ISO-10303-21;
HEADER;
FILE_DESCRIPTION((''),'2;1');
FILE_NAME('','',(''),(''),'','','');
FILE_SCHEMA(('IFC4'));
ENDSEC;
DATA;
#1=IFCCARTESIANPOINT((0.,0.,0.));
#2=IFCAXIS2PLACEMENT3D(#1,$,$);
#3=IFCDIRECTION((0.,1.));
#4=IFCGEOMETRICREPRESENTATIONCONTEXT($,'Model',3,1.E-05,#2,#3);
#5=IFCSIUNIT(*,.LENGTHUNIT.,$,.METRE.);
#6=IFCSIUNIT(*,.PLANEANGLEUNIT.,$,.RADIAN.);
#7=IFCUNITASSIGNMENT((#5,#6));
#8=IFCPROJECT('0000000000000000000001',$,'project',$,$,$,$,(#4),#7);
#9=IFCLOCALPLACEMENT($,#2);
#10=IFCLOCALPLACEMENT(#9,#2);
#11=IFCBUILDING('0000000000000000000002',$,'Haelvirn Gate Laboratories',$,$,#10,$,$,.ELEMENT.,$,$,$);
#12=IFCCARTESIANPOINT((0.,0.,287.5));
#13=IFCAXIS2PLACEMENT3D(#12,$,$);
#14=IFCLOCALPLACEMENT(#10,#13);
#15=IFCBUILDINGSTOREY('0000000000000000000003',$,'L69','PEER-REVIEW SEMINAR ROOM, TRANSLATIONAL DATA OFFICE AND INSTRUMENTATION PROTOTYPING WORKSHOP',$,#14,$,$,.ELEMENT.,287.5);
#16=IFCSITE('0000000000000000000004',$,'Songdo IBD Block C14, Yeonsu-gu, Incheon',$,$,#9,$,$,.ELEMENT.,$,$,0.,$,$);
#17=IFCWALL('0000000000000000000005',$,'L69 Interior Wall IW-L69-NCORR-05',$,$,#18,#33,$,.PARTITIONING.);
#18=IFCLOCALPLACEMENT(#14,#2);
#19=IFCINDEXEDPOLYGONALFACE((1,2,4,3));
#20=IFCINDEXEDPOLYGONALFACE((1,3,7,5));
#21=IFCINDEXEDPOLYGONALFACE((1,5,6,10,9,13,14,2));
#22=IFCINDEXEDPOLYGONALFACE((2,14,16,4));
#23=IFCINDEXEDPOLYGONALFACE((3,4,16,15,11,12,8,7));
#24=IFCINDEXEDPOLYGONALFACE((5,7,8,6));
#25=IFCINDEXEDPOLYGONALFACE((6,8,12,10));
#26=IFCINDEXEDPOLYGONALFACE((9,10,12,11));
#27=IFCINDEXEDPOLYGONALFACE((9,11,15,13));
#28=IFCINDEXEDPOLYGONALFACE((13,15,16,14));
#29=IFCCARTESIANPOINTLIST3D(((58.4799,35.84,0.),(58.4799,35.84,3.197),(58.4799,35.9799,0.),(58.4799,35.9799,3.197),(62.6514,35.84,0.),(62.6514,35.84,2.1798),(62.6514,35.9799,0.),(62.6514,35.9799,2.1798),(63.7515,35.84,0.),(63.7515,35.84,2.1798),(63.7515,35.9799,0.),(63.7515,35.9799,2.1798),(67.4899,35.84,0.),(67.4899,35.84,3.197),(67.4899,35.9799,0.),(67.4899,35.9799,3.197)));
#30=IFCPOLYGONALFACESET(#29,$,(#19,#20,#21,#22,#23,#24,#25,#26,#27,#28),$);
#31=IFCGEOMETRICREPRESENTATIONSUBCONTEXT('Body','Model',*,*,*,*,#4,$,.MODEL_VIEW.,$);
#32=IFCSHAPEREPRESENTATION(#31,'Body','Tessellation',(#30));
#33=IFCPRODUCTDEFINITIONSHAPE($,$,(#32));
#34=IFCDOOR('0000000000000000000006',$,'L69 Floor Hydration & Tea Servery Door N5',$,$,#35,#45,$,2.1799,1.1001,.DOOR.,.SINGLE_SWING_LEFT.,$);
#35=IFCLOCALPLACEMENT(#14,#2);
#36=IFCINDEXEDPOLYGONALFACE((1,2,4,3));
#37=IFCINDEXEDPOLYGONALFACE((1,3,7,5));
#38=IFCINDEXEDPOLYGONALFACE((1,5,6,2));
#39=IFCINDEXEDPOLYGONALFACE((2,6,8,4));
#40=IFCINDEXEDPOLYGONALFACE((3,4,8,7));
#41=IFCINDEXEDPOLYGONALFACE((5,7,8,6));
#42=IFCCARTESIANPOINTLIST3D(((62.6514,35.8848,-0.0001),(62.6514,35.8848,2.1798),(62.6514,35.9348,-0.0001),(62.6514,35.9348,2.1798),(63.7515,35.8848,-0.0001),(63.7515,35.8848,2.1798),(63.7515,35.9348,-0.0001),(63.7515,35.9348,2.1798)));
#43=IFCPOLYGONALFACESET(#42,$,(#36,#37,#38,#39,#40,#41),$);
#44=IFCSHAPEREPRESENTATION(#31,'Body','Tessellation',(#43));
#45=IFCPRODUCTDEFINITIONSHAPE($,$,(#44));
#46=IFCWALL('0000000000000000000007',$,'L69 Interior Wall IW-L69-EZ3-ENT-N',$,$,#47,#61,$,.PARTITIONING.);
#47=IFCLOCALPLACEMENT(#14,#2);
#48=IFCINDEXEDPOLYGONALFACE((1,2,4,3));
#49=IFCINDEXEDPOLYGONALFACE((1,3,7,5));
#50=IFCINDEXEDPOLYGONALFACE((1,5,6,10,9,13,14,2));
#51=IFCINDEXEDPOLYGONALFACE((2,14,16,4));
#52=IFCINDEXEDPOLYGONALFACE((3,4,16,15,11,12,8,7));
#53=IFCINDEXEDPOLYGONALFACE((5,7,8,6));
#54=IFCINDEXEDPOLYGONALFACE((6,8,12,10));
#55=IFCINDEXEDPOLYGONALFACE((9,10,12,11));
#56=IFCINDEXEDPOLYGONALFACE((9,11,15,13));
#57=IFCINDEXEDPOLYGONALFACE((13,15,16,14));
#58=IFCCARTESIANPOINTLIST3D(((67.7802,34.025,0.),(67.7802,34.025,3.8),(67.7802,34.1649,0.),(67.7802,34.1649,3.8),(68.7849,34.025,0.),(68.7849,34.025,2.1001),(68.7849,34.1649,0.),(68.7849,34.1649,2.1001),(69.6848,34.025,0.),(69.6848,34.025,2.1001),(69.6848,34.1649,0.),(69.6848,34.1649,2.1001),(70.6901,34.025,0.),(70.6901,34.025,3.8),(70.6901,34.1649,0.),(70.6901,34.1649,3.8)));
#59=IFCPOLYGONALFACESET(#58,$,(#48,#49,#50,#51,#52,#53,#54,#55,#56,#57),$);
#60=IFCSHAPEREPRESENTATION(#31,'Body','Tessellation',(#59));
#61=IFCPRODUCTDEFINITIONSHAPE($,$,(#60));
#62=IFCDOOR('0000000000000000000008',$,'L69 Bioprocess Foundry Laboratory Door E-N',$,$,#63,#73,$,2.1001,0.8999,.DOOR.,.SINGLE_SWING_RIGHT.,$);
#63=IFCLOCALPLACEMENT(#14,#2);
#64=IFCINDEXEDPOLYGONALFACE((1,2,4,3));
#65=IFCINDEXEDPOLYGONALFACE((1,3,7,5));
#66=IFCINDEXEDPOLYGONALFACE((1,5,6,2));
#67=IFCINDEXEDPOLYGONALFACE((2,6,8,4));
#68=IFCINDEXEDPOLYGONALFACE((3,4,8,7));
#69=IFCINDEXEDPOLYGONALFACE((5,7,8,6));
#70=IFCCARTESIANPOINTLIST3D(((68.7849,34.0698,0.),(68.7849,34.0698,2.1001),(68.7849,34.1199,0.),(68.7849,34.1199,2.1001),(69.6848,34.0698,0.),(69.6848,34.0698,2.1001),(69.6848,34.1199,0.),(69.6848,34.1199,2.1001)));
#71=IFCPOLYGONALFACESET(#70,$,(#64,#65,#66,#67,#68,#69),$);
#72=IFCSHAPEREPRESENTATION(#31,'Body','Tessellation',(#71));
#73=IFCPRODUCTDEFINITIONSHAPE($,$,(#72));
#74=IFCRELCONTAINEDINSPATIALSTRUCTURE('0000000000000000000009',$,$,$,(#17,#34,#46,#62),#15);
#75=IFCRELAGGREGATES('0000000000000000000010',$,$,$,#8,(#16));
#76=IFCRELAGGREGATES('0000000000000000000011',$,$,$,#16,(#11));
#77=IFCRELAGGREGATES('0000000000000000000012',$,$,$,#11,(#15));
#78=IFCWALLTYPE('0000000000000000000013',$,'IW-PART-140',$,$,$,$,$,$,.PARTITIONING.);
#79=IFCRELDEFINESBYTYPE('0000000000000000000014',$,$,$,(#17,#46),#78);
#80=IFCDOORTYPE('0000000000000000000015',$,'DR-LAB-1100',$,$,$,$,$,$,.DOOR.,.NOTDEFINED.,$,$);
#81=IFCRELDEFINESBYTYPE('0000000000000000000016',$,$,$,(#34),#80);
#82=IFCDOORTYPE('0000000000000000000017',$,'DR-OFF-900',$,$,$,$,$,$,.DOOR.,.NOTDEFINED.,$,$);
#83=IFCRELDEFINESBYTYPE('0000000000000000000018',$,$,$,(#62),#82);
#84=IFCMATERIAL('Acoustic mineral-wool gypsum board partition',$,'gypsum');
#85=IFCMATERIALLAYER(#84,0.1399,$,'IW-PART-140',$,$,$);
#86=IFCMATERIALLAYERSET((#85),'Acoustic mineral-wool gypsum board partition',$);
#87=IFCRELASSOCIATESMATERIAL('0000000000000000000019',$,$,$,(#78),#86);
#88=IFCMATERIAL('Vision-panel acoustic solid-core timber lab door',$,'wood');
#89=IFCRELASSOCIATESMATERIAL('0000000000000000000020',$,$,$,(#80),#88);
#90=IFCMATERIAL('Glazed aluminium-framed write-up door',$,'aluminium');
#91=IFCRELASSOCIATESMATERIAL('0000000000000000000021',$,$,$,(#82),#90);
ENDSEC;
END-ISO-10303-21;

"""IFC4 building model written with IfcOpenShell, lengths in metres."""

from ifc_helpers import new_model, si_unit, direction, frame, frame_2d, origin, place, context, subcontext, project, spatial, rectangle, extrude, source, transform, mapped, material, layer, layer_set, type_object, type_shapes, element, fill, save


model = new_model("IFC4")

# Units and contexts
model_context = context("Model", 3, precision=1e-05, world=origin(), true_north=direction((0.0, 1.0)))
body_context = subcontext(model_context, "Body", "Model", "MODEL_VIEW")
ifc_project = project(units=[si_unit("LENGTHUNIT", "METRE"), si_unit("PLANEANGLEUNIT", "RADIAN")], contexts=[model_context])

# Site, building, storey
site_placement = place(None, origin())
site = spatial("IfcSite", under=ifc_project, at=site_placement, Name="Songdo IBD Block C14, Yeonsu-gu, Incheon", CompositionType="ELEMENT", RefElevation=0.0)
building_placement = place(site_placement, origin())
building = spatial("IfcBuilding", under=site, at=building_placement, Name="Haelvirn Gate Laboratories", CompositionType="ELEMENT")
storey_placement = place(building_placement, frame((0.0, 0.0, 287.5)))
storey = spatial("IfcBuildingStorey", under=building, at=storey_placement, Name="L69", Description="PEER-REVIEW SEMINAR ROOM, TRANSLATIONAL DATA OFFICE AND INSTRUMENTATION PROTOTYPING WORKSHOP", CompositionType="ELEMENT", Elevation=287.5)

# Walls, openings, doors
ifc_material_1 = material(Name="Acoustic mineral-wool gypsum board partition", Category="gypsum")
ifc_layer_1 = layer(ifc_material_1, 0.1399, Name="IW-PART-140")
ifc_layer_set_1 = layer_set([ifc_layer_1], Name="Acoustic mineral-wool gypsum board partition")
wall_type_1 = type_object("IfcWallType", Name="IW-PART-140", PredefinedType="PARTITIONING", material=ifc_layer_set_1)
wall_1_placement = place(storey_placement, frame((58.48, 35.9099, 0.0), z_axis=(0.0, 0.0, 1.0), x_axis=(1.0, 0.0, 0.0)))
wall_1 = element("IfcWall", 1, at=wall_1_placement, inside=storey, type_object=wall_type_1, Name="L69 Interior Wall IW-L69-NCORR-05", PredefinedType="PARTITIONING", context=body_context, shape_type="SweptSolid", body=[
    extrude(rectangle(XDim=9.01, YDim=0.1399, at=frame_2d((4.5049, 0.0))), origin(), (0.0, 0.0, 1.0), 3.197),
])
opening_1_placement = place(wall_1_placement, frame((4.1714, 0.0, 0.0)))
opening_1 = element("IfcOpeningElement", 2, at=opening_1_placement, cuts=wall_1, PredefinedType="OPENING", context=body_context, shape_type="SweptSolid", body=[
    extrude(rectangle(XDim=1.1001, YDim=2.1799, at=frame_2d((0.55, 1.0898))), frame((0.0, 0.0801, 0.0), z_axis=(0.0, -1.0, 0.0), x_axis=(1.0, 0.0, 0.0)), (0.0, 0.0, 1.0), 0.1599),
])
ifc_material_2 = material(Name="Vision-panel acoustic solid-core timber lab door", Category="wood")
door_type_1 = type_object("IfcDoorType", Name="DR-LAB-1100", OperationType="NOTDEFINED", PredefinedType="DOOR", material=ifc_material_2)
shared_shape_1 = source(origin(), body_context, "Body", "SweptSolid", [
    extrude(rectangle(XDim=1.1001, YDim=2.1799, at=frame_2d((0.55, 1.0898))), frame((0.0, 0.0249, 0.0), z_axis=(0.0, -1.0, 0.0), x_axis=(1.0, 0.0, 0.0)), (0.0, 0.0, 1.0), 0.05),
])
type_shapes(door_type_1, [shared_shape_1])
door_1_placement = place(opening_1_placement, origin())
door_1 = element("IfcDoor", 3, at=door_1_placement, inside=storey, type_object=door_type_1, Name="L69 Floor Hydration & Tea Servery Door N5", OperationType="SINGLE_SWING_LEFT", OverallHeight=2.1799, OverallWidth=1.1001, PredefinedType="DOOR", context=body_context, shape_type="MappedRepresentation", body=[
    mapped(shared_shape_1, transform((0.0, 0.0, 0.0), scale=1.0)),
])
fill(opening_1, door_1)
wall_2_placement = place(storey_placement, frame((67.78, 34.095, 0.0), z_axis=(0.0, 0.0, 1.0), x_axis=(1.0, 0.0, 0.0)))
wall_2 = element("IfcWall", 4, at=wall_2_placement, inside=storey, type_object=wall_type_1, Name="L69 Interior Wall IW-L69-EZ3-ENT-N", PredefinedType="PARTITIONING", context=body_context, shape_type="SweptSolid", body=[
    extrude(rectangle(XDim=2.9099, YDim=0.1399, at=frame_2d((1.4551, 0.0))), origin(), (0.0, 0.0, 1.0), 3.8),
])
opening_2_placement = place(wall_2_placement, frame((1.0049, 0.0, 0.0)))
opening_2 = element("IfcOpeningElement", 5, at=opening_2_placement, cuts=wall_2, PredefinedType="OPENING", context=body_context, shape_type="SweptSolid", body=[
    extrude(rectangle(XDim=0.8999, YDim=2.1001, at=frame_2d((0.45, 1.05))), frame((0.0, 0.0801, 0.0), z_axis=(0.0, -1.0, 0.0), x_axis=(1.0, 0.0, 0.0)), (0.0, 0.0, 1.0), 0.1599),
])
ifc_material_3 = material(Name="Glazed aluminium-framed write-up door", Category="aluminium")
door_type_2 = type_object("IfcDoorType", Name="DR-OFF-900", OperationType="NOTDEFINED", PredefinedType="DOOR", material=ifc_material_3)
shared_shape_2 = source(origin(), body_context, "Body", "SweptSolid", [
    extrude(rectangle(XDim=0.8999, YDim=2.1001, at=frame_2d((0.45, 1.05))), frame((0.0, 0.0249, 0.0), z_axis=(0.0, -1.0, 0.0), x_axis=(1.0, 0.0, 0.0)), (0.0, 0.0, 1.0), 0.05),
])
type_shapes(door_type_2, [shared_shape_2])
door_2_placement = place(opening_2_placement, origin())
door_2 = element("IfcDoor", 6, at=door_2_placement, inside=storey, type_object=door_type_2, Name="L69 Bioprocess Foundry Laboratory Door E-N", OperationType="SINGLE_SWING_RIGHT", OverallHeight=2.1001, OverallWidth=0.8999, PredefinedType="DOOR", context=body_context, shape_type="MappedRepresentation", body=[
    mapped(shared_shape_2, transform((0.0, 0.0, 0.0), scale=1.0)),
])
fill(opening_2, door_2)

save(model, "model.ifc")
